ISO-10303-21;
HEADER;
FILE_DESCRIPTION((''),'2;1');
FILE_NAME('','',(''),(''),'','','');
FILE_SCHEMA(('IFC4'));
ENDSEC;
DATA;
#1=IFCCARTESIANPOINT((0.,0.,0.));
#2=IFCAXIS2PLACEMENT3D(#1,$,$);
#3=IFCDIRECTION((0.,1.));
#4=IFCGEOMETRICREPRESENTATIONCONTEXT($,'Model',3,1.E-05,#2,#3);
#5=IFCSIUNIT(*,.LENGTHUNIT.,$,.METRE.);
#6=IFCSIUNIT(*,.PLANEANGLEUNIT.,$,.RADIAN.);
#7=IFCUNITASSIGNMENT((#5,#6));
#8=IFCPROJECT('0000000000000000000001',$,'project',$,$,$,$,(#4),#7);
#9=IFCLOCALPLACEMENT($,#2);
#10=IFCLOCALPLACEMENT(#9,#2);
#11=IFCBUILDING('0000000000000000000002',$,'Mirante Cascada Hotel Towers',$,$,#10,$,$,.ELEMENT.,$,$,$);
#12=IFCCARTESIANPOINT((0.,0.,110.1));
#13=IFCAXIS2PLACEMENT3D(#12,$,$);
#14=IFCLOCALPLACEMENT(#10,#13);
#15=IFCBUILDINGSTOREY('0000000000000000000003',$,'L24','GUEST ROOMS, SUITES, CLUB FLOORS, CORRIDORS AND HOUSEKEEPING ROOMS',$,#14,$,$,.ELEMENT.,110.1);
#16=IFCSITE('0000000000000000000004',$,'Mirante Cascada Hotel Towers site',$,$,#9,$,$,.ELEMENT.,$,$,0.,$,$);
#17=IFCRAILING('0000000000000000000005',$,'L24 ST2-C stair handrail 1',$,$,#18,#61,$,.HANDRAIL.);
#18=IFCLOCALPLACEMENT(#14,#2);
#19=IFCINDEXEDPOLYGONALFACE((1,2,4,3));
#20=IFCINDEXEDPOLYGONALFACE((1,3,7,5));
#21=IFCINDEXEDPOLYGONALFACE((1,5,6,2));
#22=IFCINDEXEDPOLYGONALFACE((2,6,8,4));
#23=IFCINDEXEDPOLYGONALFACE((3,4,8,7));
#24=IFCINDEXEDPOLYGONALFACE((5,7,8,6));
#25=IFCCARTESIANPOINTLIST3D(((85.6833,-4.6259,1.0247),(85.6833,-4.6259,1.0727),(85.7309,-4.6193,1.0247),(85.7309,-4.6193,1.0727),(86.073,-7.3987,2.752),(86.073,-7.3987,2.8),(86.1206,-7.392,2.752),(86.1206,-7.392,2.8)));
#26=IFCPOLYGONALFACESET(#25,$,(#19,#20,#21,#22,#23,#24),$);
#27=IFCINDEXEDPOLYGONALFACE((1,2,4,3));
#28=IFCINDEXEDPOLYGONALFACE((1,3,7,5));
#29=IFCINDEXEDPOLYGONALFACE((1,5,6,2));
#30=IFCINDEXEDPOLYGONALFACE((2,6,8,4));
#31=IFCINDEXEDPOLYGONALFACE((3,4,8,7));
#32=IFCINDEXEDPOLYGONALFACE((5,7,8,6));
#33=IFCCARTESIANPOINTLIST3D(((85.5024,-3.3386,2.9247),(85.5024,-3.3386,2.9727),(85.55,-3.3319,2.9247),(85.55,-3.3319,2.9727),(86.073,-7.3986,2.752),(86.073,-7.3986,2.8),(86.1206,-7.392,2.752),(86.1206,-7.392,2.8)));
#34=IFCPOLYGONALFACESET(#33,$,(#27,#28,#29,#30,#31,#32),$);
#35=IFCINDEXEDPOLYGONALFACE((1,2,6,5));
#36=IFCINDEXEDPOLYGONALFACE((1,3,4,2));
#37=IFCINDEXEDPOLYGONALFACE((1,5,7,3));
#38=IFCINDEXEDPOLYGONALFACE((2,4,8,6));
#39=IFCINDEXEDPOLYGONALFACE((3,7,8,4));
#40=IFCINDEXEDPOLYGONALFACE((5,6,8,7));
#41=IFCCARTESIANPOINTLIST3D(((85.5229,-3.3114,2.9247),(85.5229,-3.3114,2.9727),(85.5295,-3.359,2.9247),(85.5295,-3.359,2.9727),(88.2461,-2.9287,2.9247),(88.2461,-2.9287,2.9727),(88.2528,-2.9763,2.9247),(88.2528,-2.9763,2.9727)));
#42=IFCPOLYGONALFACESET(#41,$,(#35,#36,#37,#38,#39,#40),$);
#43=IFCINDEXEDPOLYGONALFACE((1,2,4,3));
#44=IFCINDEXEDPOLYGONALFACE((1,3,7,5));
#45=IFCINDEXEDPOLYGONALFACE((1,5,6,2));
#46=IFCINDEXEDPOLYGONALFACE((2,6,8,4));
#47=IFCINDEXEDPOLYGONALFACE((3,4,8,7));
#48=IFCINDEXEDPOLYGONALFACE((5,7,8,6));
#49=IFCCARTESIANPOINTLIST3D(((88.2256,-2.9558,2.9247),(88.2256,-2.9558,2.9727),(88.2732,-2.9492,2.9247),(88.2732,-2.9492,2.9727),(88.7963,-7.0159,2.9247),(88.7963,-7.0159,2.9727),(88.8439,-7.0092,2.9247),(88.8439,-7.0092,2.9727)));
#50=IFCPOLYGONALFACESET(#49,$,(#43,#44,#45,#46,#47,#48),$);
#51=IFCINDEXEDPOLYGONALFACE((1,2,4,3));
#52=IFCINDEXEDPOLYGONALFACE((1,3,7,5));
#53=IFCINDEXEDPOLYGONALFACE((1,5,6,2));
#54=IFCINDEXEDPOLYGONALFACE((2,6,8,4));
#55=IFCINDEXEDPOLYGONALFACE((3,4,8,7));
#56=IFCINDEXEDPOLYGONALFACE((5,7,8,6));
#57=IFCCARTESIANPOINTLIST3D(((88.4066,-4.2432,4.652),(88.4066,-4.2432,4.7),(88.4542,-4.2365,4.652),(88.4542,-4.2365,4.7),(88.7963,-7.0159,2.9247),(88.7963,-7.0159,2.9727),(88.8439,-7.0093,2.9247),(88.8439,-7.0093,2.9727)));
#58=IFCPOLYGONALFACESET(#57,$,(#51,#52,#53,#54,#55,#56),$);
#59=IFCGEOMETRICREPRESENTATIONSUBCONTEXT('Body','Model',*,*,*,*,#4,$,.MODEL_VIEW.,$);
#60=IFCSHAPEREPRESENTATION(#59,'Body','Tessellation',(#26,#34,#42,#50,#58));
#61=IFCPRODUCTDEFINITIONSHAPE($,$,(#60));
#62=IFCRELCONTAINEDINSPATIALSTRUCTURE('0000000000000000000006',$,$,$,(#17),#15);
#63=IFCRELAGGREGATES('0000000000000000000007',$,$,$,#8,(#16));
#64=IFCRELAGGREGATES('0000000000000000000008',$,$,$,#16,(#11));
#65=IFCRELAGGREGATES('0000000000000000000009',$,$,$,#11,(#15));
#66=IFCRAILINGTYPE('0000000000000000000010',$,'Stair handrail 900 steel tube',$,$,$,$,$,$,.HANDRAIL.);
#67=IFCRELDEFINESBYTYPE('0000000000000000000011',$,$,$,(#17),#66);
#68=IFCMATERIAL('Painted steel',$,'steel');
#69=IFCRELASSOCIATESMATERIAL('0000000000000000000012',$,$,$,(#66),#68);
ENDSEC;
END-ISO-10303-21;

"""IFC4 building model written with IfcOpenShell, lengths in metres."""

from ifc_helpers import new_model, si_unit, direction, frame, origin, origin_2d, place, context, subcontext, project, spatial, rectangle, extrude, material, type_object, element, save


model = new_model("IFC4")

# Units and contexts
model_context = context("Model", 3, precision=1e-05, world=origin(), true_north=direction((0.0, 1.0)))
body_context = subcontext(model_context, "Body", "Model", "MODEL_VIEW")
ifc_project = project(units=[si_unit("LENGTHUNIT", "METRE"), si_unit("PLANEANGLEUNIT", "RADIAN")], contexts=[model_context])

# Site, building, storey
site_placement = place(None, origin())
site = spatial("IfcSite", under=ifc_project, at=site_placement, Name="Mirante Cascada Hotel Towers site", CompositionType="ELEMENT", RefElevation=0.0)
building_placement = place(site_placement, origin())
building = spatial("IfcBuilding", under=site, at=building_placement, Name="Mirante Cascada Hotel Towers", CompositionType="ELEMENT")
storey_placement = place(building_placement, frame((0.0, 0.0, 110.1)))
storey = spatial("IfcBuildingStorey", under=building, at=storey_placement, Name="L24", Description="GUEST ROOMS, SUITES, CLUB FLOORS, CORRIDORS AND HOUSEKEEPING ROOMS", CompositionType="ELEMENT", Elevation=110.1)

# Railing
ifc_material_1 = material(Name="Painted steel", Category="steel")
railing_type_1 = type_object("IfcRailingType", Name="Stair handrail 900 steel tube", PredefinedType="HANDRAIL", material=ifc_material_1)
railing_1_placement = place(storey_placement, frame((85.7071, -4.6226, 0.1727)))
element("IfcRailing", 1, at=railing_1_placement, inside=storey, type_object=railing_type_1, Name="L24 ST2-C stair handrail 1", PredefinedType="HANDRAIL", context=body_context, shape_type="SweptSolid", body=[
    extrude(rectangle(XDim=0.048, YDim=0.048, at=origin_2d()), frame((0.0, 0.0, 0.876), z_axis=(0.139181, -0.990267, 0.0), x_axis=(0.990267, 0.139181, 0.0)), (0.0, 0.525035, 0.851081), 3.2899),
    extrude(rectangle(XDim=0.048, YDim=0.048, at=origin_2d()), frame((0.3897, -2.7727, 2.6033), z_axis=(-0.139171, 0.990268, 0.0), x_axis=(-0.990268, -0.139171, 0.0)), (0.0, 0.042085, 0.999114), 4.1036),
    extrude(rectangle(XDim=0.048, YDim=0.048, at=origin_2d()), frame((-0.1809, 1.2874, 2.776), z_axis=(0.990269, 0.139166, 0.0), x_axis=(-0.139166, 0.990269, 0.0)), (0.0, 0.0, 1.0), 2.75),
    extrude(rectangle(XDim=0.048, YDim=0.048, at=origin_2d()), frame((2.5423, 1.6701, 2.776), z_axis=(0.139195, -0.990265, 0.0), x_axis=(0.990265, 0.139195, 0.0)), (0.0, 0.0, 1.0), 4.1),
    extrude(rectangle(XDim=0.048, YDim=0.048, at=origin_2d()), frame((3.113, -2.39, 2.776), z_axis=(-0.139181, 0.990267, 0.0), x_axis=(-0.990267, -0.139181, 0.0)), (0.0, 0.525035, 0.851081), 3.2899),
])

save(model, "model.ifc")
